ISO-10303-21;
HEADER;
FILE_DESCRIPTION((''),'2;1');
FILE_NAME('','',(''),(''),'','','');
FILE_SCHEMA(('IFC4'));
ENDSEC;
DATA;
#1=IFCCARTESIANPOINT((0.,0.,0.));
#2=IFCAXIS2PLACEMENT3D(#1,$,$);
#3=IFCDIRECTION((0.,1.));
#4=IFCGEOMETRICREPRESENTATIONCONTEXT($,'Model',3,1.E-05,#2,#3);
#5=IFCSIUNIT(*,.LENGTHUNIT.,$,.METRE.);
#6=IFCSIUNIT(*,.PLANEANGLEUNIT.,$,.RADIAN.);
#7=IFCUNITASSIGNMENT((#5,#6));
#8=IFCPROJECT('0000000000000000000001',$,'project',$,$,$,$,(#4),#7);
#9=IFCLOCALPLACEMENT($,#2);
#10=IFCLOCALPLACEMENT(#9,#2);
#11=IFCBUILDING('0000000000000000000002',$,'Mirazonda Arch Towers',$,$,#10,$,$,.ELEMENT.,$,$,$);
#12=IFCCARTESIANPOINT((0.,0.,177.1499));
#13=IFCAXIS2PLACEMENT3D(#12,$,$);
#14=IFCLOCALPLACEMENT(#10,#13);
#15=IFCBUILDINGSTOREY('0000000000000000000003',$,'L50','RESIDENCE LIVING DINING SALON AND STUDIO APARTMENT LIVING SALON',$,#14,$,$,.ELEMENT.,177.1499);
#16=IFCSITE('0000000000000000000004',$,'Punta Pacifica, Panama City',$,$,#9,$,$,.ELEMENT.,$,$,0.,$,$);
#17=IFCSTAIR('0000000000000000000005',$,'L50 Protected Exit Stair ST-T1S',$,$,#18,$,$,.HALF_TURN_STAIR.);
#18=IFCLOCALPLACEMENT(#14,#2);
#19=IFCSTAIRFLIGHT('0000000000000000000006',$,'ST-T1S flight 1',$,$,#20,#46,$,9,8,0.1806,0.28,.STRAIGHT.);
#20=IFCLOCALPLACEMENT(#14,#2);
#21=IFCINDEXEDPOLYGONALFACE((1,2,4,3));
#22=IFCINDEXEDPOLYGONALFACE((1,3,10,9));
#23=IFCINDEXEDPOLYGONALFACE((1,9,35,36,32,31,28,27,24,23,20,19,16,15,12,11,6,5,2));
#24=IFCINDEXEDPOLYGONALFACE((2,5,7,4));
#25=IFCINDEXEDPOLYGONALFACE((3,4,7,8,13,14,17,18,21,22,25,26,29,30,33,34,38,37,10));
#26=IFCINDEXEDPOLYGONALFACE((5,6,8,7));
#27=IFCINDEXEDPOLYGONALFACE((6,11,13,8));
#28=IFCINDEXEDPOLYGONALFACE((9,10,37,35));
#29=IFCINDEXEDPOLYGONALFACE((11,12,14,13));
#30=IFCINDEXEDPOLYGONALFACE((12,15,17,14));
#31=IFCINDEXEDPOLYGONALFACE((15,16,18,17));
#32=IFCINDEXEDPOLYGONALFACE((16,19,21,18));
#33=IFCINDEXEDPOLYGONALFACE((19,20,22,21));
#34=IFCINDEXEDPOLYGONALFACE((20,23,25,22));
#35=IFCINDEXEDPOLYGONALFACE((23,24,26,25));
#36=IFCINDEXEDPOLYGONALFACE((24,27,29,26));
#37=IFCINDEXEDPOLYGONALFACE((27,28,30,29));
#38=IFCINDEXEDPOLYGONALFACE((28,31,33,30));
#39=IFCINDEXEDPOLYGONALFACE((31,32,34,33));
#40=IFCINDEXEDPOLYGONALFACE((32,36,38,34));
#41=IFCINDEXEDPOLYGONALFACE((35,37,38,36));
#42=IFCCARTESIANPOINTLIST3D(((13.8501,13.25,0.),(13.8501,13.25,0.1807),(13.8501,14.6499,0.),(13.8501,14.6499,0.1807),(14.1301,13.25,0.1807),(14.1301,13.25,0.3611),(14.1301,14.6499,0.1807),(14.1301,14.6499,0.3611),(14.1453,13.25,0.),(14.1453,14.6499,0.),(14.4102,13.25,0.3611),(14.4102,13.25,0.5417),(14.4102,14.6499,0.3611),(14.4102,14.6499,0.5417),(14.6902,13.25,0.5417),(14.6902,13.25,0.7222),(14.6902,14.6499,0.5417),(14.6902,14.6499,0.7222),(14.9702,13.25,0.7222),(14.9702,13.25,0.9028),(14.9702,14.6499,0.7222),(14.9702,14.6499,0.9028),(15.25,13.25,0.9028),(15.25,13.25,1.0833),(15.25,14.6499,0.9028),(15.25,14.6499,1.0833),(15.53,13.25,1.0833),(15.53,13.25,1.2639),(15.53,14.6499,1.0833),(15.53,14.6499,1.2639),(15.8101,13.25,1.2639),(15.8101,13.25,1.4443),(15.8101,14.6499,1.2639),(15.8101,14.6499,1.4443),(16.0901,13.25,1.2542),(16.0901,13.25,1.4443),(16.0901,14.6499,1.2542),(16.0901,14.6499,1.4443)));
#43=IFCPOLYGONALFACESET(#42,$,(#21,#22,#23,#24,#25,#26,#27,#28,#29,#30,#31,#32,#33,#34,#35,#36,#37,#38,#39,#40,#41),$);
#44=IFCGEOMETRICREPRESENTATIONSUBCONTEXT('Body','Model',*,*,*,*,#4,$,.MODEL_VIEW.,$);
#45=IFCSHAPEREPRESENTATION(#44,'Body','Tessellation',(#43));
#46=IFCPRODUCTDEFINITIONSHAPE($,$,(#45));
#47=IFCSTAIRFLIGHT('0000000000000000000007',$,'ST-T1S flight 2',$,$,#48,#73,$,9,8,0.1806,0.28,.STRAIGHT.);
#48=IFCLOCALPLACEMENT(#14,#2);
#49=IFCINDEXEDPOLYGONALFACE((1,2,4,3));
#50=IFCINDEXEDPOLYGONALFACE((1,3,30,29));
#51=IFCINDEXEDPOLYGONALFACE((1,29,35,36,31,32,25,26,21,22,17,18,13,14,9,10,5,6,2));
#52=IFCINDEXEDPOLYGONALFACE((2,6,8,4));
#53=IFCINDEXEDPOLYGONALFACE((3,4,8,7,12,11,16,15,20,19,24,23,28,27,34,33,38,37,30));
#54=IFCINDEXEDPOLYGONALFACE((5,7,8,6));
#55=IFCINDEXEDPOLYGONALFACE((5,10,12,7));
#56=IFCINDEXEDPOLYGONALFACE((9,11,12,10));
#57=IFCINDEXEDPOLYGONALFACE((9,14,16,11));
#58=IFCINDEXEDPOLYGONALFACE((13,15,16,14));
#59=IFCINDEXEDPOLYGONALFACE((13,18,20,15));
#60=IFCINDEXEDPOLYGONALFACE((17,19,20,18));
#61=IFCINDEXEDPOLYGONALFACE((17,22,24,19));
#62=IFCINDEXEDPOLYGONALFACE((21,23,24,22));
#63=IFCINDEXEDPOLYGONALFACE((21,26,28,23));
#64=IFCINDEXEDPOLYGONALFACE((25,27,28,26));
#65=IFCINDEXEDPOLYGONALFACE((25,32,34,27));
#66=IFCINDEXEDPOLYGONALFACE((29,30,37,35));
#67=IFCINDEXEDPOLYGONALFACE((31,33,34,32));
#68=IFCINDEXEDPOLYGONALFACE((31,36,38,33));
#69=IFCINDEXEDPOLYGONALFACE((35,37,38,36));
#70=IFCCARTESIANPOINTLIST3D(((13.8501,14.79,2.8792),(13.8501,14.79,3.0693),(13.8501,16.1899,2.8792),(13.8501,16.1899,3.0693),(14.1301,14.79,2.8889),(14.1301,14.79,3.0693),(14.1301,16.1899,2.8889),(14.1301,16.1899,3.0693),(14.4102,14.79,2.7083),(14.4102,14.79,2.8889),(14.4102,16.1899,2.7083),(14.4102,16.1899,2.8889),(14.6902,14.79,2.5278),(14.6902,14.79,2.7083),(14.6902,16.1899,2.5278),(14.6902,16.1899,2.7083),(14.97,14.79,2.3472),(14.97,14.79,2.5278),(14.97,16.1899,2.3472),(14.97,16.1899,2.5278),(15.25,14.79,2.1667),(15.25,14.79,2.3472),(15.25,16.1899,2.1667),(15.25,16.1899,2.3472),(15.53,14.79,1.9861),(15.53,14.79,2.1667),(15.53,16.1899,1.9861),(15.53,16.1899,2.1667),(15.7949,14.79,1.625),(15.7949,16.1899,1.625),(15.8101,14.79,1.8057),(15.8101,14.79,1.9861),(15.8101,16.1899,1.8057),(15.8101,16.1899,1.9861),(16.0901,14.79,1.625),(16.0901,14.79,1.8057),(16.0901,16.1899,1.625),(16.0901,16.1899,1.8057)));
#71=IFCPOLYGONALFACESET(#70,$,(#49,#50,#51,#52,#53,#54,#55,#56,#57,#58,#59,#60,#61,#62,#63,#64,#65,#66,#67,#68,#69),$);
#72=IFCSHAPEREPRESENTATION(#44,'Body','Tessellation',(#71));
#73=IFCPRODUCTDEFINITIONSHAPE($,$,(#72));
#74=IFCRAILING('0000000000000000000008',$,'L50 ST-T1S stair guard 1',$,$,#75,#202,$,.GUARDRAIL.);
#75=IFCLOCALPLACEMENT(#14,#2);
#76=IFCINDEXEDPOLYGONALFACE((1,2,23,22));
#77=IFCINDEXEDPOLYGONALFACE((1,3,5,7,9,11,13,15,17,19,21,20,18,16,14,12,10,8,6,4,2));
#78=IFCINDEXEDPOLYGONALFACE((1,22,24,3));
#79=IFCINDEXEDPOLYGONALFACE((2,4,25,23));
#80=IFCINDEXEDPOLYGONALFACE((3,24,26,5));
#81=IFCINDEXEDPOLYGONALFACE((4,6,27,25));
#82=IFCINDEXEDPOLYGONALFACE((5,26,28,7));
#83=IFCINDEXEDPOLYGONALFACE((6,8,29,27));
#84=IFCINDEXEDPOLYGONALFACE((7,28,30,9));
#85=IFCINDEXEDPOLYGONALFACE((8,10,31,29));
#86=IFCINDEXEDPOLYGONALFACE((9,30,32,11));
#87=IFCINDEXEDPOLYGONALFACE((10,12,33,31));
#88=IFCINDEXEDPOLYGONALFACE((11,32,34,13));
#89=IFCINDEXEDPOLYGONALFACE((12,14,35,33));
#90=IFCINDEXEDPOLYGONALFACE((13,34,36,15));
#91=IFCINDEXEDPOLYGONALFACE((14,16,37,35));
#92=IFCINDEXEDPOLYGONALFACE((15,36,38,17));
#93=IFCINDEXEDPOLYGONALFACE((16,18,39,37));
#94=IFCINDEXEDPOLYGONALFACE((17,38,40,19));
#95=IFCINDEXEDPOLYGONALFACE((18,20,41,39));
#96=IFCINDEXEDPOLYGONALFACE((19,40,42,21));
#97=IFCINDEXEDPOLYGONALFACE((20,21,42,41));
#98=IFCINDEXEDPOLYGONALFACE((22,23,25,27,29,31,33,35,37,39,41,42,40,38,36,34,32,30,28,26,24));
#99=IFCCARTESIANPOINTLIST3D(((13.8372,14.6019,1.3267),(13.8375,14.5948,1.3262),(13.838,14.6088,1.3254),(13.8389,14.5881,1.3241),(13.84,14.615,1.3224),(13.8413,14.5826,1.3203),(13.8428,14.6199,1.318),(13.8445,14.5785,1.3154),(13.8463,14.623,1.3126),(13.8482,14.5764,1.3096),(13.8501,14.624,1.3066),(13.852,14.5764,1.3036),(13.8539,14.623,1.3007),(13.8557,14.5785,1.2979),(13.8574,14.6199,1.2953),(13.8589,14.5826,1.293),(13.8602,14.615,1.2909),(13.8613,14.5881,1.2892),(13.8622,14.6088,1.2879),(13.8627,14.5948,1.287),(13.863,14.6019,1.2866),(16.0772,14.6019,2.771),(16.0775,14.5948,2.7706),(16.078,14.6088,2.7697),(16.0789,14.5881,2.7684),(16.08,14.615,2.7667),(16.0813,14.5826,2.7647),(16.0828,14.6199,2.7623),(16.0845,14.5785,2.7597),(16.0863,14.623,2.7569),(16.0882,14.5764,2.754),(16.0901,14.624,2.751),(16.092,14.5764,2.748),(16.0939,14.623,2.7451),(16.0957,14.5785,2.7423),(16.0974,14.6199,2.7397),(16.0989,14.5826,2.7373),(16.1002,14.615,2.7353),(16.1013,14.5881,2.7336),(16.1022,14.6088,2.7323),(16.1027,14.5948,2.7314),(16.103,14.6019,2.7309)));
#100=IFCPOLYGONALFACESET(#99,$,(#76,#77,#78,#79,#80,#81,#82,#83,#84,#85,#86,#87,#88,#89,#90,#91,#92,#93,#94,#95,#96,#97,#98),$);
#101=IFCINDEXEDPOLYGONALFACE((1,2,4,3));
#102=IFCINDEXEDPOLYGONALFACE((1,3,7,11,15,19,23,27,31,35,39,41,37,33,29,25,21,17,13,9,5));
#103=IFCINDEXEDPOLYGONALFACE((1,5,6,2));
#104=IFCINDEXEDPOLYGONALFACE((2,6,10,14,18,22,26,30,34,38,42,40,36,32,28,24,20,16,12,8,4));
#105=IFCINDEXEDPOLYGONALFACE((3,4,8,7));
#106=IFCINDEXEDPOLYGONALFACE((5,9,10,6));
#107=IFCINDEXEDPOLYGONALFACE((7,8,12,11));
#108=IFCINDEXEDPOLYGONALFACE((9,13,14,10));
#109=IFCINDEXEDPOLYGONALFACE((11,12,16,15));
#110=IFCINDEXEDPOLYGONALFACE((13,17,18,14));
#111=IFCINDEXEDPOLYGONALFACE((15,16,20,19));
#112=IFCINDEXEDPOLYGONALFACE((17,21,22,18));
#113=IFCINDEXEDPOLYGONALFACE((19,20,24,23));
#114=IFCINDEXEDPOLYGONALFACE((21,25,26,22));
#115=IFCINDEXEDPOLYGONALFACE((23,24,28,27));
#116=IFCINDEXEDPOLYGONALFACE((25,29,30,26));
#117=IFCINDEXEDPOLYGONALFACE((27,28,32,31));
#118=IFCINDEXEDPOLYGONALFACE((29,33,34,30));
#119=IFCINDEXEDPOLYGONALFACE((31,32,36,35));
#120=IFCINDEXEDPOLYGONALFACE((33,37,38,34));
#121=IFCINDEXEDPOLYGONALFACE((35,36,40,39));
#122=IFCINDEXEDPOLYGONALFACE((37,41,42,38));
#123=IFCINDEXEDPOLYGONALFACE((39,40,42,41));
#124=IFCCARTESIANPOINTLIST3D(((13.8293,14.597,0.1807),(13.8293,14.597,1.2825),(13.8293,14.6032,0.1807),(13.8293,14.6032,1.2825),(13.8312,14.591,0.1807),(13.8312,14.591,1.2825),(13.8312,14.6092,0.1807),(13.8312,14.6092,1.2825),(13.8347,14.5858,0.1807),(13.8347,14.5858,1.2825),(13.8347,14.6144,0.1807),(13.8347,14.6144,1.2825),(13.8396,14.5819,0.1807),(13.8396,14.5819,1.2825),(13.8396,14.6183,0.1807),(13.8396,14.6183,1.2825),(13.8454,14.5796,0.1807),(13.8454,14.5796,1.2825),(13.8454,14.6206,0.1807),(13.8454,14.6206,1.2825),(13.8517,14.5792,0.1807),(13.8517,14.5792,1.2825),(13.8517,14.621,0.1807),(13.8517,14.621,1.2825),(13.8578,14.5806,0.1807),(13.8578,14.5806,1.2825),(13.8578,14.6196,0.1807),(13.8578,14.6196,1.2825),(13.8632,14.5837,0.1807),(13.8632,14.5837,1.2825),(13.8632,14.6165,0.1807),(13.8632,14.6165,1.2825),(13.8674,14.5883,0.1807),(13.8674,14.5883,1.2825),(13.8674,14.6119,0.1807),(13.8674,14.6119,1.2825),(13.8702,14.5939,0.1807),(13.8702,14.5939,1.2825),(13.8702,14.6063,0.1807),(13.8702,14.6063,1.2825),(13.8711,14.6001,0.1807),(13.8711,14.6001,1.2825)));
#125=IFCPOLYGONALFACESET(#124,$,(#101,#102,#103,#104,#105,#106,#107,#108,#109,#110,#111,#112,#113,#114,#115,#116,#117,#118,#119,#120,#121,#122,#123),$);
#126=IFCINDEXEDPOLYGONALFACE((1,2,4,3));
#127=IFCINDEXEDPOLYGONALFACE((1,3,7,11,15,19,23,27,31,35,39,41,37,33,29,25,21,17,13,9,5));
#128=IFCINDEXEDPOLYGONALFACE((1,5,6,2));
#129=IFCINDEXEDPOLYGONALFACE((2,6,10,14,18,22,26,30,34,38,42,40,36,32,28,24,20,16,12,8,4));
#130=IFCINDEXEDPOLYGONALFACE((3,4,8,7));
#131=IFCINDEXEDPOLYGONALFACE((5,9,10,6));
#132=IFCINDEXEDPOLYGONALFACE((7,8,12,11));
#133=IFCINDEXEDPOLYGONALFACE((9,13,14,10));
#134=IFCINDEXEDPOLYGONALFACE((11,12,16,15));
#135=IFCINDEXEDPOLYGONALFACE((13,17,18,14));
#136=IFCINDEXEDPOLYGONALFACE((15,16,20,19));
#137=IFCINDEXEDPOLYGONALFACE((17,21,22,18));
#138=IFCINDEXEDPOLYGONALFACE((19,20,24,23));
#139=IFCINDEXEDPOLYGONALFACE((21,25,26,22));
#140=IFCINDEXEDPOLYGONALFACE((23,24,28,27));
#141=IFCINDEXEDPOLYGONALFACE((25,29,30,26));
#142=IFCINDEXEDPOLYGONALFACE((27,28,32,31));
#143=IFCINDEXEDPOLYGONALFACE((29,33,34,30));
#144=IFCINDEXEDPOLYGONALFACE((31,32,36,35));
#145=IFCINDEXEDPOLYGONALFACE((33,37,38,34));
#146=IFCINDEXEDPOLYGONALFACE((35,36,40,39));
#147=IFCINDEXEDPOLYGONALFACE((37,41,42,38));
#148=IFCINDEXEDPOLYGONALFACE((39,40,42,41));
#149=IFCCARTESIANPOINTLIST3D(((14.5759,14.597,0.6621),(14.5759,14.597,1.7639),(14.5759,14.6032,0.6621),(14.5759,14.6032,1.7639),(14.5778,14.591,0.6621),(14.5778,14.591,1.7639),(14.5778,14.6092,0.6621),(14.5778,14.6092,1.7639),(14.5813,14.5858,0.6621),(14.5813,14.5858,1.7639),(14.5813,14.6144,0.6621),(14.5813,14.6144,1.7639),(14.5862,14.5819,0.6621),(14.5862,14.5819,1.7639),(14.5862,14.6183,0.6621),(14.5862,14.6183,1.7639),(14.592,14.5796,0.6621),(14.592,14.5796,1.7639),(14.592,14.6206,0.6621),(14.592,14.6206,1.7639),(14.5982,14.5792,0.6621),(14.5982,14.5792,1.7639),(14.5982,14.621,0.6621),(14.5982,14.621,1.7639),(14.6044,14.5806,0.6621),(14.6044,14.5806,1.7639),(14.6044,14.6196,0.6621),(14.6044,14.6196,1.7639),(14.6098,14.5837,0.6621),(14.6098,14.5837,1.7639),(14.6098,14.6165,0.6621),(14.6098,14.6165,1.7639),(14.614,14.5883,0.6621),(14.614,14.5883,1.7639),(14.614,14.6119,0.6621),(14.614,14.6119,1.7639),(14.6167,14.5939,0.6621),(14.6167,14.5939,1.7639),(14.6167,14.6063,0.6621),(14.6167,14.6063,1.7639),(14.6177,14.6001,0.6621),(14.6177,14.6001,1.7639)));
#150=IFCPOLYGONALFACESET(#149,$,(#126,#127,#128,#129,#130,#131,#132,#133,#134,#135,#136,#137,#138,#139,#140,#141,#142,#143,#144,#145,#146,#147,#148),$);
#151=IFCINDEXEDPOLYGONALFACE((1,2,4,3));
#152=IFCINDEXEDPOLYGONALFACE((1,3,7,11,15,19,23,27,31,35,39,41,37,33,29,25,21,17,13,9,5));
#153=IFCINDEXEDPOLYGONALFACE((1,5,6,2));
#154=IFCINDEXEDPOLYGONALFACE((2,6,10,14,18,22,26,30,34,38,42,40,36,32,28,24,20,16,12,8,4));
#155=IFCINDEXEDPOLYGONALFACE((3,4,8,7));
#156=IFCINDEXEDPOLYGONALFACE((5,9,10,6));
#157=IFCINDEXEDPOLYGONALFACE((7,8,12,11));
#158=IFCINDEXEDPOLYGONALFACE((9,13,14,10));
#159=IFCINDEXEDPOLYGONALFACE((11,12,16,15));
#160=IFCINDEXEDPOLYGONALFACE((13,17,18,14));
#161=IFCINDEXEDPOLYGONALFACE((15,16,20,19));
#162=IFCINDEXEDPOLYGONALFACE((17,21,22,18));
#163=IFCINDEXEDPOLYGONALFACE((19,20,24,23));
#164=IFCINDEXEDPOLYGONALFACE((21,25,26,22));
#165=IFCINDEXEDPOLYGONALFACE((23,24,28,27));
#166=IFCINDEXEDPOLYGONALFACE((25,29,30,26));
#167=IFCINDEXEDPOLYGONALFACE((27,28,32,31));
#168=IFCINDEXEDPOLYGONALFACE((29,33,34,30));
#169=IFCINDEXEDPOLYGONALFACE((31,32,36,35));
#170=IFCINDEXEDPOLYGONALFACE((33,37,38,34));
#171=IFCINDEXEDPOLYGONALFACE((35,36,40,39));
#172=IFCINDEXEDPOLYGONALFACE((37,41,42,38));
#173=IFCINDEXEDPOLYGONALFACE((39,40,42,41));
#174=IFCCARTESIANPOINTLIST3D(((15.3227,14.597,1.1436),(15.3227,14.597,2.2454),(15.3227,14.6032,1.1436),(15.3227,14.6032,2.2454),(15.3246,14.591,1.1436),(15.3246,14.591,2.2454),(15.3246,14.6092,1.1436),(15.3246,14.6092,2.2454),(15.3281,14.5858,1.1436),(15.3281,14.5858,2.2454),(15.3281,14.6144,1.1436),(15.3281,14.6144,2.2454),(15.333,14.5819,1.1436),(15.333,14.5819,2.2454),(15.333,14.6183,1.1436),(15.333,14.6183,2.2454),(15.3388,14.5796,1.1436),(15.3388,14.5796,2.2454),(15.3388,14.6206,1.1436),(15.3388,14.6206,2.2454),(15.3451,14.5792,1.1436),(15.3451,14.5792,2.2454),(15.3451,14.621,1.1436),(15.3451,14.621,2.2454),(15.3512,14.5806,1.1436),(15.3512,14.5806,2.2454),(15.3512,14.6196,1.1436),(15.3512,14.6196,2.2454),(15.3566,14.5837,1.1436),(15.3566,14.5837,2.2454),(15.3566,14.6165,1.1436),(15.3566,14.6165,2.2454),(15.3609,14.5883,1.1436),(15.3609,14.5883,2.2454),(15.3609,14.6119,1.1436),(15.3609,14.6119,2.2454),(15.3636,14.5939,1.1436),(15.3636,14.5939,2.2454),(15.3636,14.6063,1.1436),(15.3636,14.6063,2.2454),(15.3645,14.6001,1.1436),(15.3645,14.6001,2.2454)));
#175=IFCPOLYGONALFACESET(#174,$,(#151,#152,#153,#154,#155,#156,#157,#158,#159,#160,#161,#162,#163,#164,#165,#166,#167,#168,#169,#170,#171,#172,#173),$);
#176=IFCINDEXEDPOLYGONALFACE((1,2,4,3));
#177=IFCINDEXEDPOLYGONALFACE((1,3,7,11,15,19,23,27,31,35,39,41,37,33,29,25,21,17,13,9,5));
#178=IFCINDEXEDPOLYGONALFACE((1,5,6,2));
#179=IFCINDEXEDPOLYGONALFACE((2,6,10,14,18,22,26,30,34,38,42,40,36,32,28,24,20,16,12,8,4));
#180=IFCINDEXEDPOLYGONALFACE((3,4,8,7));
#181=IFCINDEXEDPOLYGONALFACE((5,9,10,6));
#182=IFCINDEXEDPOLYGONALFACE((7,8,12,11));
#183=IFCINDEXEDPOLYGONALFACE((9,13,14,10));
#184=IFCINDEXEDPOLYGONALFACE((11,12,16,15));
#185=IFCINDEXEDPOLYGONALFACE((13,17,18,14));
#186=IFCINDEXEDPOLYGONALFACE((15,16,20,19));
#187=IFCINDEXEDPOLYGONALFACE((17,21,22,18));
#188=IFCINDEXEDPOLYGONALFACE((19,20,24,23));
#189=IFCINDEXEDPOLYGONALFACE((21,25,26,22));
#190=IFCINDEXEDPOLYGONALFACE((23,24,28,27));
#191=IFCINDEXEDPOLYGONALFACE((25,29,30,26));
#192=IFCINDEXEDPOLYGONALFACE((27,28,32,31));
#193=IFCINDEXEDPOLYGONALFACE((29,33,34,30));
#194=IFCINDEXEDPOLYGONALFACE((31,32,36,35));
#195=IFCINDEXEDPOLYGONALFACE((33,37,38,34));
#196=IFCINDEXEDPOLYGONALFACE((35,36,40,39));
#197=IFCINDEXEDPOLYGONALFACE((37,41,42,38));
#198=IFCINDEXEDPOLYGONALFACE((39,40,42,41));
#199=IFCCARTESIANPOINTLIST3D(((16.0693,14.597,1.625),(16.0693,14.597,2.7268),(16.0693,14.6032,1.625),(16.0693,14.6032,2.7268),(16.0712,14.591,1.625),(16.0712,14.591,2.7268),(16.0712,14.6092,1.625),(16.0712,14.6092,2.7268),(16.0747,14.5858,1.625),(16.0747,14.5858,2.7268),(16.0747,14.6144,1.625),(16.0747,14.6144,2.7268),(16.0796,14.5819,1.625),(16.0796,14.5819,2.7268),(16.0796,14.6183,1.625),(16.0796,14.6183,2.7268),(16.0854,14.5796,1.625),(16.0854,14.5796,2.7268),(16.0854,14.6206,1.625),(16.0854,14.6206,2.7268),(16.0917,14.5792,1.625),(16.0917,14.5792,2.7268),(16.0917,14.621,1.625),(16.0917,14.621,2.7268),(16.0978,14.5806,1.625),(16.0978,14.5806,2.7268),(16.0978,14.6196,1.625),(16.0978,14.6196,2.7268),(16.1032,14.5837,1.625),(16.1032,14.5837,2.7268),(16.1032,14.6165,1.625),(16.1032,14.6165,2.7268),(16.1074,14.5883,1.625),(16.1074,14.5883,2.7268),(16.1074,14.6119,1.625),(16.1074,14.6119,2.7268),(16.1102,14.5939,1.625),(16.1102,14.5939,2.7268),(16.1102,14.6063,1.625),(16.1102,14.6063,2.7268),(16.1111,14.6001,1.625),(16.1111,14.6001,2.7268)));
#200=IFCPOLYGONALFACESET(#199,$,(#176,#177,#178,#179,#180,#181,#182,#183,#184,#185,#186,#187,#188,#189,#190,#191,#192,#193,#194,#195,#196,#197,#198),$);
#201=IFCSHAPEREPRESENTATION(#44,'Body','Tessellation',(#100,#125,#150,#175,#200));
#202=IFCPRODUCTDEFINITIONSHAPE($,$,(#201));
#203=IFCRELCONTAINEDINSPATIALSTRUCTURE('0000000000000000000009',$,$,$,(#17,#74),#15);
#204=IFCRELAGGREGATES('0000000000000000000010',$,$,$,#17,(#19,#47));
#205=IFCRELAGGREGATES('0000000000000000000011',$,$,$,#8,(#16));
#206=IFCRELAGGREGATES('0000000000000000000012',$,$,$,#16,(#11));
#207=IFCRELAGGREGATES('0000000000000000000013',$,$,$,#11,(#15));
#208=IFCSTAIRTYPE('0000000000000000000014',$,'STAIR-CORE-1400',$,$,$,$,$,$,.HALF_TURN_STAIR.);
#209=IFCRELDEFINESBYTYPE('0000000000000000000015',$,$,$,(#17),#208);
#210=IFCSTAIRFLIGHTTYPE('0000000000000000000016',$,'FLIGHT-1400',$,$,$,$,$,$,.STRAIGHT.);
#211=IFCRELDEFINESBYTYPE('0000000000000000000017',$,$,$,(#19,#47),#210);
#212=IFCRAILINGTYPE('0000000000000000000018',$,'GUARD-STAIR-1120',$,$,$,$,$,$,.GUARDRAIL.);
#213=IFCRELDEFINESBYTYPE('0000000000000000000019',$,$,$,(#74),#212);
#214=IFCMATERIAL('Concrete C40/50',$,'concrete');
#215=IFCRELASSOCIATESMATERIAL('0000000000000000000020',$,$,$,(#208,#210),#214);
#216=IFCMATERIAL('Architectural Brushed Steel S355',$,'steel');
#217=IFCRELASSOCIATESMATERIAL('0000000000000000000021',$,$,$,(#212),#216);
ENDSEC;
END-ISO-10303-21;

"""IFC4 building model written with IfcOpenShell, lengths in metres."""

from ifc_helpers import new_model, si_unit, direction, frame, origin, origin_2d, place, context, subcontext, project, spatial, polyline, circle, outline, extrude, material, type_object, element, aggregate, save


model = new_model("IFC4")

# Units and contexts
model_context = context("Model", 3, precision=1e-05, world=origin(), true_north=direction((0.0, 1.0)))
body_context = subcontext(model_context, "Body", "Model", "MODEL_VIEW")
ifc_project = project(units=[si_unit("LENGTHUNIT", "METRE"), si_unit("PLANEANGLEUNIT", "RADIAN")], contexts=[model_context])

# Site, building, storey
site_placement = place(None, origin())
site = spatial("IfcSite", under=ifc_project, at=site_placement, Name="Punta Pacifica, Panama City", CompositionType="ELEMENT", RefElevation=0.0)
building_placement = place(site_placement, origin())
building = spatial("IfcBuilding", under=site, at=building_placement, Name="Mirazonda Arch Towers", CompositionType="ELEMENT")
storey_placement = place(building_placement, frame((0.0, 0.0, 177.1499)))
storey = spatial("IfcBuildingStorey", under=building, at=storey_placement, Name="L50", Description="RESIDENCE LIVING DINING SALON AND STUDIO APARTMENT LIVING SALON", CompositionType="ELEMENT", Elevation=177.1499)

# Shared definitions
ifc_material_1 = material(Name="Concrete C40/50", Category="concrete")

# Shared definitions
ifc_material_2 = material(Name="Architectural Brushed Steel S355", Category="steel")

# Stair, stair flights
stair_type = type_object("IfcStairType", Name="STAIR-CORE-1400", PredefinedType="HALF_TURN_STAIR", material=ifc_material_1)
stair_placement = place(storey_placement, origin())
stair = element("IfcStair", 1, at=stair_placement, inside=storey, type_object=stair_type, Name="L50 Protected Exit Stair ST-T1S", PredefinedType="HALF_TURN_STAIR")
stair_flight_type = type_object("IfcStairFlightType", Name="FLIGHT-1400", PredefinedType="STRAIGHT", material=ifc_material_1)
stair_flight_1_placement = place(storey_placement, frame((13.8501, 13.95, 0.0), z_axis=(0.0, 0.0, 1.0), x_axis=(1.0, 0.0, 0.0)))
stair_flight_1 = element("IfcStairFlight", 2, at=stair_flight_1_placement, type_object=stair_flight_type, Name="ST-T1S flight 1", NumberOfRisers=9, NumberOfTreads=8, PredefinedType="STRAIGHT", RiserHeight=0.1806, TreadLength=0.28, context=body_context, shape_type="SweptSolid", body=[
    extrude(outline(polyline([(0.0, 0.0), (0.0, 0.1807), (0.28, 0.1807), (0.28, 0.3611), (0.5601, 0.3611), (0.5601, 0.5417), (0.8401, 0.5417), (0.8401, 0.7222), (1.1201, 0.7222), (1.1201, 0.9028), (1.3999, 0.9028), (1.3999, 1.0833), (1.6799, 1.0833), (1.6799, 1.2639), (1.96, 1.2639), (1.96, 1.4443), (2.24, 1.4443), (2.24, 1.625), (2.24, 1.2542), (0.2952, 0.0), (0.0, 0.0)])), frame((0.0, 0.7, 0.0), z_axis=(0.0, -1.0, 0.0), x_axis=(1.0, 0.0, 0.0)), (0.0, 0.0, 1.0), 1.3999),
])
stair_flight_2_placement = place(storey_placement, frame((16.0901, 15.49, 1.625), z_axis=(0.0, 0.0, 1.0), x_axis=(-1.0, 0.0, 0.0)))
stair_flight_2 = element("IfcStairFlight", 3, at=stair_flight_2_placement, type_object=stair_flight_type, Name="ST-T1S flight 2", NumberOfRisers=9, NumberOfTreads=8, PredefinedType="STRAIGHT", RiserHeight=0.1806, TreadLength=0.28, context=body_context, shape_type="SweptSolid", body=[
    extrude(outline(polyline([(0.0, 0.0), (0.0, 0.1807), (0.28, 0.1807), (0.28, 0.3611), (0.5601, 0.3611), (0.5601, 0.5417), (0.8401, 0.5417), (0.8401, 0.7222), (1.1201, 0.7222), (1.1201, 0.9028), (1.3999, 0.9028), (1.3999, 1.0833), (1.6799, 1.0833), (1.6799, 1.2639), (1.96, 1.2639), (1.96, 1.4443), (2.24, 1.4443), (2.24, 1.625), (2.24, 1.2542), (0.2952, 0.0), (0.0, 0.0)])), frame((0.0, 0.7, 0.0), z_axis=(0.0, -1.0, 0.0), x_axis=(1.0, 0.0, 0.0)), (0.0, 0.0, 1.0), 1.3999),
])
aggregate(stair, [stair_flight_1, stair_flight_2])

# Railing
railing_type_1 = type_object("IfcRailingType", Name="GUARD-STAIR-1120", PredefinedType="GUARDRAIL", material=ifc_material_2)
railing_1_placement = place(storey_placement, frame((13.8501, 14.6001, 0.1807)))
element("IfcRailing", 4, at=railing_1_placement, inside=storey, type_object=railing_type_1, Name="L50 ST-T1S stair guard 1", PredefinedType="GUARDRAIL", context=body_context, shape_type="SweptSolid", body=[
    extrude(circle(Radius=0.0239, at=origin_2d()), frame((0.0, 0.0, 1.126), z_axis=(0.840437, 0.0, 0.54191), x_axis=(0.0, 1.0, 0.0)), (0.0, 0.0, 1.0), 2.6653),
    extrude(circle(Radius=0.021, at=origin_2d()), origin(), (0.0, 0.0, 1.0), 1.1018),
    extrude(circle(Radius=0.021, at=origin_2d()), frame((0.7466, 0.0, 0.4814)), (0.0, 0.0, 1.0), 1.1018),
    extrude(circle(Radius=0.021, at=origin_2d()), frame((1.4934, 0.0, 0.9629)), (0.0, 0.0, 1.0), 1.1018),
    extrude(circle(Radius=0.021, at=origin_2d()), frame((2.24, 0.0, 1.4443)), (0.0, 0.0, 1.0), 1.1018),
])

save(model, "model.ifc")
